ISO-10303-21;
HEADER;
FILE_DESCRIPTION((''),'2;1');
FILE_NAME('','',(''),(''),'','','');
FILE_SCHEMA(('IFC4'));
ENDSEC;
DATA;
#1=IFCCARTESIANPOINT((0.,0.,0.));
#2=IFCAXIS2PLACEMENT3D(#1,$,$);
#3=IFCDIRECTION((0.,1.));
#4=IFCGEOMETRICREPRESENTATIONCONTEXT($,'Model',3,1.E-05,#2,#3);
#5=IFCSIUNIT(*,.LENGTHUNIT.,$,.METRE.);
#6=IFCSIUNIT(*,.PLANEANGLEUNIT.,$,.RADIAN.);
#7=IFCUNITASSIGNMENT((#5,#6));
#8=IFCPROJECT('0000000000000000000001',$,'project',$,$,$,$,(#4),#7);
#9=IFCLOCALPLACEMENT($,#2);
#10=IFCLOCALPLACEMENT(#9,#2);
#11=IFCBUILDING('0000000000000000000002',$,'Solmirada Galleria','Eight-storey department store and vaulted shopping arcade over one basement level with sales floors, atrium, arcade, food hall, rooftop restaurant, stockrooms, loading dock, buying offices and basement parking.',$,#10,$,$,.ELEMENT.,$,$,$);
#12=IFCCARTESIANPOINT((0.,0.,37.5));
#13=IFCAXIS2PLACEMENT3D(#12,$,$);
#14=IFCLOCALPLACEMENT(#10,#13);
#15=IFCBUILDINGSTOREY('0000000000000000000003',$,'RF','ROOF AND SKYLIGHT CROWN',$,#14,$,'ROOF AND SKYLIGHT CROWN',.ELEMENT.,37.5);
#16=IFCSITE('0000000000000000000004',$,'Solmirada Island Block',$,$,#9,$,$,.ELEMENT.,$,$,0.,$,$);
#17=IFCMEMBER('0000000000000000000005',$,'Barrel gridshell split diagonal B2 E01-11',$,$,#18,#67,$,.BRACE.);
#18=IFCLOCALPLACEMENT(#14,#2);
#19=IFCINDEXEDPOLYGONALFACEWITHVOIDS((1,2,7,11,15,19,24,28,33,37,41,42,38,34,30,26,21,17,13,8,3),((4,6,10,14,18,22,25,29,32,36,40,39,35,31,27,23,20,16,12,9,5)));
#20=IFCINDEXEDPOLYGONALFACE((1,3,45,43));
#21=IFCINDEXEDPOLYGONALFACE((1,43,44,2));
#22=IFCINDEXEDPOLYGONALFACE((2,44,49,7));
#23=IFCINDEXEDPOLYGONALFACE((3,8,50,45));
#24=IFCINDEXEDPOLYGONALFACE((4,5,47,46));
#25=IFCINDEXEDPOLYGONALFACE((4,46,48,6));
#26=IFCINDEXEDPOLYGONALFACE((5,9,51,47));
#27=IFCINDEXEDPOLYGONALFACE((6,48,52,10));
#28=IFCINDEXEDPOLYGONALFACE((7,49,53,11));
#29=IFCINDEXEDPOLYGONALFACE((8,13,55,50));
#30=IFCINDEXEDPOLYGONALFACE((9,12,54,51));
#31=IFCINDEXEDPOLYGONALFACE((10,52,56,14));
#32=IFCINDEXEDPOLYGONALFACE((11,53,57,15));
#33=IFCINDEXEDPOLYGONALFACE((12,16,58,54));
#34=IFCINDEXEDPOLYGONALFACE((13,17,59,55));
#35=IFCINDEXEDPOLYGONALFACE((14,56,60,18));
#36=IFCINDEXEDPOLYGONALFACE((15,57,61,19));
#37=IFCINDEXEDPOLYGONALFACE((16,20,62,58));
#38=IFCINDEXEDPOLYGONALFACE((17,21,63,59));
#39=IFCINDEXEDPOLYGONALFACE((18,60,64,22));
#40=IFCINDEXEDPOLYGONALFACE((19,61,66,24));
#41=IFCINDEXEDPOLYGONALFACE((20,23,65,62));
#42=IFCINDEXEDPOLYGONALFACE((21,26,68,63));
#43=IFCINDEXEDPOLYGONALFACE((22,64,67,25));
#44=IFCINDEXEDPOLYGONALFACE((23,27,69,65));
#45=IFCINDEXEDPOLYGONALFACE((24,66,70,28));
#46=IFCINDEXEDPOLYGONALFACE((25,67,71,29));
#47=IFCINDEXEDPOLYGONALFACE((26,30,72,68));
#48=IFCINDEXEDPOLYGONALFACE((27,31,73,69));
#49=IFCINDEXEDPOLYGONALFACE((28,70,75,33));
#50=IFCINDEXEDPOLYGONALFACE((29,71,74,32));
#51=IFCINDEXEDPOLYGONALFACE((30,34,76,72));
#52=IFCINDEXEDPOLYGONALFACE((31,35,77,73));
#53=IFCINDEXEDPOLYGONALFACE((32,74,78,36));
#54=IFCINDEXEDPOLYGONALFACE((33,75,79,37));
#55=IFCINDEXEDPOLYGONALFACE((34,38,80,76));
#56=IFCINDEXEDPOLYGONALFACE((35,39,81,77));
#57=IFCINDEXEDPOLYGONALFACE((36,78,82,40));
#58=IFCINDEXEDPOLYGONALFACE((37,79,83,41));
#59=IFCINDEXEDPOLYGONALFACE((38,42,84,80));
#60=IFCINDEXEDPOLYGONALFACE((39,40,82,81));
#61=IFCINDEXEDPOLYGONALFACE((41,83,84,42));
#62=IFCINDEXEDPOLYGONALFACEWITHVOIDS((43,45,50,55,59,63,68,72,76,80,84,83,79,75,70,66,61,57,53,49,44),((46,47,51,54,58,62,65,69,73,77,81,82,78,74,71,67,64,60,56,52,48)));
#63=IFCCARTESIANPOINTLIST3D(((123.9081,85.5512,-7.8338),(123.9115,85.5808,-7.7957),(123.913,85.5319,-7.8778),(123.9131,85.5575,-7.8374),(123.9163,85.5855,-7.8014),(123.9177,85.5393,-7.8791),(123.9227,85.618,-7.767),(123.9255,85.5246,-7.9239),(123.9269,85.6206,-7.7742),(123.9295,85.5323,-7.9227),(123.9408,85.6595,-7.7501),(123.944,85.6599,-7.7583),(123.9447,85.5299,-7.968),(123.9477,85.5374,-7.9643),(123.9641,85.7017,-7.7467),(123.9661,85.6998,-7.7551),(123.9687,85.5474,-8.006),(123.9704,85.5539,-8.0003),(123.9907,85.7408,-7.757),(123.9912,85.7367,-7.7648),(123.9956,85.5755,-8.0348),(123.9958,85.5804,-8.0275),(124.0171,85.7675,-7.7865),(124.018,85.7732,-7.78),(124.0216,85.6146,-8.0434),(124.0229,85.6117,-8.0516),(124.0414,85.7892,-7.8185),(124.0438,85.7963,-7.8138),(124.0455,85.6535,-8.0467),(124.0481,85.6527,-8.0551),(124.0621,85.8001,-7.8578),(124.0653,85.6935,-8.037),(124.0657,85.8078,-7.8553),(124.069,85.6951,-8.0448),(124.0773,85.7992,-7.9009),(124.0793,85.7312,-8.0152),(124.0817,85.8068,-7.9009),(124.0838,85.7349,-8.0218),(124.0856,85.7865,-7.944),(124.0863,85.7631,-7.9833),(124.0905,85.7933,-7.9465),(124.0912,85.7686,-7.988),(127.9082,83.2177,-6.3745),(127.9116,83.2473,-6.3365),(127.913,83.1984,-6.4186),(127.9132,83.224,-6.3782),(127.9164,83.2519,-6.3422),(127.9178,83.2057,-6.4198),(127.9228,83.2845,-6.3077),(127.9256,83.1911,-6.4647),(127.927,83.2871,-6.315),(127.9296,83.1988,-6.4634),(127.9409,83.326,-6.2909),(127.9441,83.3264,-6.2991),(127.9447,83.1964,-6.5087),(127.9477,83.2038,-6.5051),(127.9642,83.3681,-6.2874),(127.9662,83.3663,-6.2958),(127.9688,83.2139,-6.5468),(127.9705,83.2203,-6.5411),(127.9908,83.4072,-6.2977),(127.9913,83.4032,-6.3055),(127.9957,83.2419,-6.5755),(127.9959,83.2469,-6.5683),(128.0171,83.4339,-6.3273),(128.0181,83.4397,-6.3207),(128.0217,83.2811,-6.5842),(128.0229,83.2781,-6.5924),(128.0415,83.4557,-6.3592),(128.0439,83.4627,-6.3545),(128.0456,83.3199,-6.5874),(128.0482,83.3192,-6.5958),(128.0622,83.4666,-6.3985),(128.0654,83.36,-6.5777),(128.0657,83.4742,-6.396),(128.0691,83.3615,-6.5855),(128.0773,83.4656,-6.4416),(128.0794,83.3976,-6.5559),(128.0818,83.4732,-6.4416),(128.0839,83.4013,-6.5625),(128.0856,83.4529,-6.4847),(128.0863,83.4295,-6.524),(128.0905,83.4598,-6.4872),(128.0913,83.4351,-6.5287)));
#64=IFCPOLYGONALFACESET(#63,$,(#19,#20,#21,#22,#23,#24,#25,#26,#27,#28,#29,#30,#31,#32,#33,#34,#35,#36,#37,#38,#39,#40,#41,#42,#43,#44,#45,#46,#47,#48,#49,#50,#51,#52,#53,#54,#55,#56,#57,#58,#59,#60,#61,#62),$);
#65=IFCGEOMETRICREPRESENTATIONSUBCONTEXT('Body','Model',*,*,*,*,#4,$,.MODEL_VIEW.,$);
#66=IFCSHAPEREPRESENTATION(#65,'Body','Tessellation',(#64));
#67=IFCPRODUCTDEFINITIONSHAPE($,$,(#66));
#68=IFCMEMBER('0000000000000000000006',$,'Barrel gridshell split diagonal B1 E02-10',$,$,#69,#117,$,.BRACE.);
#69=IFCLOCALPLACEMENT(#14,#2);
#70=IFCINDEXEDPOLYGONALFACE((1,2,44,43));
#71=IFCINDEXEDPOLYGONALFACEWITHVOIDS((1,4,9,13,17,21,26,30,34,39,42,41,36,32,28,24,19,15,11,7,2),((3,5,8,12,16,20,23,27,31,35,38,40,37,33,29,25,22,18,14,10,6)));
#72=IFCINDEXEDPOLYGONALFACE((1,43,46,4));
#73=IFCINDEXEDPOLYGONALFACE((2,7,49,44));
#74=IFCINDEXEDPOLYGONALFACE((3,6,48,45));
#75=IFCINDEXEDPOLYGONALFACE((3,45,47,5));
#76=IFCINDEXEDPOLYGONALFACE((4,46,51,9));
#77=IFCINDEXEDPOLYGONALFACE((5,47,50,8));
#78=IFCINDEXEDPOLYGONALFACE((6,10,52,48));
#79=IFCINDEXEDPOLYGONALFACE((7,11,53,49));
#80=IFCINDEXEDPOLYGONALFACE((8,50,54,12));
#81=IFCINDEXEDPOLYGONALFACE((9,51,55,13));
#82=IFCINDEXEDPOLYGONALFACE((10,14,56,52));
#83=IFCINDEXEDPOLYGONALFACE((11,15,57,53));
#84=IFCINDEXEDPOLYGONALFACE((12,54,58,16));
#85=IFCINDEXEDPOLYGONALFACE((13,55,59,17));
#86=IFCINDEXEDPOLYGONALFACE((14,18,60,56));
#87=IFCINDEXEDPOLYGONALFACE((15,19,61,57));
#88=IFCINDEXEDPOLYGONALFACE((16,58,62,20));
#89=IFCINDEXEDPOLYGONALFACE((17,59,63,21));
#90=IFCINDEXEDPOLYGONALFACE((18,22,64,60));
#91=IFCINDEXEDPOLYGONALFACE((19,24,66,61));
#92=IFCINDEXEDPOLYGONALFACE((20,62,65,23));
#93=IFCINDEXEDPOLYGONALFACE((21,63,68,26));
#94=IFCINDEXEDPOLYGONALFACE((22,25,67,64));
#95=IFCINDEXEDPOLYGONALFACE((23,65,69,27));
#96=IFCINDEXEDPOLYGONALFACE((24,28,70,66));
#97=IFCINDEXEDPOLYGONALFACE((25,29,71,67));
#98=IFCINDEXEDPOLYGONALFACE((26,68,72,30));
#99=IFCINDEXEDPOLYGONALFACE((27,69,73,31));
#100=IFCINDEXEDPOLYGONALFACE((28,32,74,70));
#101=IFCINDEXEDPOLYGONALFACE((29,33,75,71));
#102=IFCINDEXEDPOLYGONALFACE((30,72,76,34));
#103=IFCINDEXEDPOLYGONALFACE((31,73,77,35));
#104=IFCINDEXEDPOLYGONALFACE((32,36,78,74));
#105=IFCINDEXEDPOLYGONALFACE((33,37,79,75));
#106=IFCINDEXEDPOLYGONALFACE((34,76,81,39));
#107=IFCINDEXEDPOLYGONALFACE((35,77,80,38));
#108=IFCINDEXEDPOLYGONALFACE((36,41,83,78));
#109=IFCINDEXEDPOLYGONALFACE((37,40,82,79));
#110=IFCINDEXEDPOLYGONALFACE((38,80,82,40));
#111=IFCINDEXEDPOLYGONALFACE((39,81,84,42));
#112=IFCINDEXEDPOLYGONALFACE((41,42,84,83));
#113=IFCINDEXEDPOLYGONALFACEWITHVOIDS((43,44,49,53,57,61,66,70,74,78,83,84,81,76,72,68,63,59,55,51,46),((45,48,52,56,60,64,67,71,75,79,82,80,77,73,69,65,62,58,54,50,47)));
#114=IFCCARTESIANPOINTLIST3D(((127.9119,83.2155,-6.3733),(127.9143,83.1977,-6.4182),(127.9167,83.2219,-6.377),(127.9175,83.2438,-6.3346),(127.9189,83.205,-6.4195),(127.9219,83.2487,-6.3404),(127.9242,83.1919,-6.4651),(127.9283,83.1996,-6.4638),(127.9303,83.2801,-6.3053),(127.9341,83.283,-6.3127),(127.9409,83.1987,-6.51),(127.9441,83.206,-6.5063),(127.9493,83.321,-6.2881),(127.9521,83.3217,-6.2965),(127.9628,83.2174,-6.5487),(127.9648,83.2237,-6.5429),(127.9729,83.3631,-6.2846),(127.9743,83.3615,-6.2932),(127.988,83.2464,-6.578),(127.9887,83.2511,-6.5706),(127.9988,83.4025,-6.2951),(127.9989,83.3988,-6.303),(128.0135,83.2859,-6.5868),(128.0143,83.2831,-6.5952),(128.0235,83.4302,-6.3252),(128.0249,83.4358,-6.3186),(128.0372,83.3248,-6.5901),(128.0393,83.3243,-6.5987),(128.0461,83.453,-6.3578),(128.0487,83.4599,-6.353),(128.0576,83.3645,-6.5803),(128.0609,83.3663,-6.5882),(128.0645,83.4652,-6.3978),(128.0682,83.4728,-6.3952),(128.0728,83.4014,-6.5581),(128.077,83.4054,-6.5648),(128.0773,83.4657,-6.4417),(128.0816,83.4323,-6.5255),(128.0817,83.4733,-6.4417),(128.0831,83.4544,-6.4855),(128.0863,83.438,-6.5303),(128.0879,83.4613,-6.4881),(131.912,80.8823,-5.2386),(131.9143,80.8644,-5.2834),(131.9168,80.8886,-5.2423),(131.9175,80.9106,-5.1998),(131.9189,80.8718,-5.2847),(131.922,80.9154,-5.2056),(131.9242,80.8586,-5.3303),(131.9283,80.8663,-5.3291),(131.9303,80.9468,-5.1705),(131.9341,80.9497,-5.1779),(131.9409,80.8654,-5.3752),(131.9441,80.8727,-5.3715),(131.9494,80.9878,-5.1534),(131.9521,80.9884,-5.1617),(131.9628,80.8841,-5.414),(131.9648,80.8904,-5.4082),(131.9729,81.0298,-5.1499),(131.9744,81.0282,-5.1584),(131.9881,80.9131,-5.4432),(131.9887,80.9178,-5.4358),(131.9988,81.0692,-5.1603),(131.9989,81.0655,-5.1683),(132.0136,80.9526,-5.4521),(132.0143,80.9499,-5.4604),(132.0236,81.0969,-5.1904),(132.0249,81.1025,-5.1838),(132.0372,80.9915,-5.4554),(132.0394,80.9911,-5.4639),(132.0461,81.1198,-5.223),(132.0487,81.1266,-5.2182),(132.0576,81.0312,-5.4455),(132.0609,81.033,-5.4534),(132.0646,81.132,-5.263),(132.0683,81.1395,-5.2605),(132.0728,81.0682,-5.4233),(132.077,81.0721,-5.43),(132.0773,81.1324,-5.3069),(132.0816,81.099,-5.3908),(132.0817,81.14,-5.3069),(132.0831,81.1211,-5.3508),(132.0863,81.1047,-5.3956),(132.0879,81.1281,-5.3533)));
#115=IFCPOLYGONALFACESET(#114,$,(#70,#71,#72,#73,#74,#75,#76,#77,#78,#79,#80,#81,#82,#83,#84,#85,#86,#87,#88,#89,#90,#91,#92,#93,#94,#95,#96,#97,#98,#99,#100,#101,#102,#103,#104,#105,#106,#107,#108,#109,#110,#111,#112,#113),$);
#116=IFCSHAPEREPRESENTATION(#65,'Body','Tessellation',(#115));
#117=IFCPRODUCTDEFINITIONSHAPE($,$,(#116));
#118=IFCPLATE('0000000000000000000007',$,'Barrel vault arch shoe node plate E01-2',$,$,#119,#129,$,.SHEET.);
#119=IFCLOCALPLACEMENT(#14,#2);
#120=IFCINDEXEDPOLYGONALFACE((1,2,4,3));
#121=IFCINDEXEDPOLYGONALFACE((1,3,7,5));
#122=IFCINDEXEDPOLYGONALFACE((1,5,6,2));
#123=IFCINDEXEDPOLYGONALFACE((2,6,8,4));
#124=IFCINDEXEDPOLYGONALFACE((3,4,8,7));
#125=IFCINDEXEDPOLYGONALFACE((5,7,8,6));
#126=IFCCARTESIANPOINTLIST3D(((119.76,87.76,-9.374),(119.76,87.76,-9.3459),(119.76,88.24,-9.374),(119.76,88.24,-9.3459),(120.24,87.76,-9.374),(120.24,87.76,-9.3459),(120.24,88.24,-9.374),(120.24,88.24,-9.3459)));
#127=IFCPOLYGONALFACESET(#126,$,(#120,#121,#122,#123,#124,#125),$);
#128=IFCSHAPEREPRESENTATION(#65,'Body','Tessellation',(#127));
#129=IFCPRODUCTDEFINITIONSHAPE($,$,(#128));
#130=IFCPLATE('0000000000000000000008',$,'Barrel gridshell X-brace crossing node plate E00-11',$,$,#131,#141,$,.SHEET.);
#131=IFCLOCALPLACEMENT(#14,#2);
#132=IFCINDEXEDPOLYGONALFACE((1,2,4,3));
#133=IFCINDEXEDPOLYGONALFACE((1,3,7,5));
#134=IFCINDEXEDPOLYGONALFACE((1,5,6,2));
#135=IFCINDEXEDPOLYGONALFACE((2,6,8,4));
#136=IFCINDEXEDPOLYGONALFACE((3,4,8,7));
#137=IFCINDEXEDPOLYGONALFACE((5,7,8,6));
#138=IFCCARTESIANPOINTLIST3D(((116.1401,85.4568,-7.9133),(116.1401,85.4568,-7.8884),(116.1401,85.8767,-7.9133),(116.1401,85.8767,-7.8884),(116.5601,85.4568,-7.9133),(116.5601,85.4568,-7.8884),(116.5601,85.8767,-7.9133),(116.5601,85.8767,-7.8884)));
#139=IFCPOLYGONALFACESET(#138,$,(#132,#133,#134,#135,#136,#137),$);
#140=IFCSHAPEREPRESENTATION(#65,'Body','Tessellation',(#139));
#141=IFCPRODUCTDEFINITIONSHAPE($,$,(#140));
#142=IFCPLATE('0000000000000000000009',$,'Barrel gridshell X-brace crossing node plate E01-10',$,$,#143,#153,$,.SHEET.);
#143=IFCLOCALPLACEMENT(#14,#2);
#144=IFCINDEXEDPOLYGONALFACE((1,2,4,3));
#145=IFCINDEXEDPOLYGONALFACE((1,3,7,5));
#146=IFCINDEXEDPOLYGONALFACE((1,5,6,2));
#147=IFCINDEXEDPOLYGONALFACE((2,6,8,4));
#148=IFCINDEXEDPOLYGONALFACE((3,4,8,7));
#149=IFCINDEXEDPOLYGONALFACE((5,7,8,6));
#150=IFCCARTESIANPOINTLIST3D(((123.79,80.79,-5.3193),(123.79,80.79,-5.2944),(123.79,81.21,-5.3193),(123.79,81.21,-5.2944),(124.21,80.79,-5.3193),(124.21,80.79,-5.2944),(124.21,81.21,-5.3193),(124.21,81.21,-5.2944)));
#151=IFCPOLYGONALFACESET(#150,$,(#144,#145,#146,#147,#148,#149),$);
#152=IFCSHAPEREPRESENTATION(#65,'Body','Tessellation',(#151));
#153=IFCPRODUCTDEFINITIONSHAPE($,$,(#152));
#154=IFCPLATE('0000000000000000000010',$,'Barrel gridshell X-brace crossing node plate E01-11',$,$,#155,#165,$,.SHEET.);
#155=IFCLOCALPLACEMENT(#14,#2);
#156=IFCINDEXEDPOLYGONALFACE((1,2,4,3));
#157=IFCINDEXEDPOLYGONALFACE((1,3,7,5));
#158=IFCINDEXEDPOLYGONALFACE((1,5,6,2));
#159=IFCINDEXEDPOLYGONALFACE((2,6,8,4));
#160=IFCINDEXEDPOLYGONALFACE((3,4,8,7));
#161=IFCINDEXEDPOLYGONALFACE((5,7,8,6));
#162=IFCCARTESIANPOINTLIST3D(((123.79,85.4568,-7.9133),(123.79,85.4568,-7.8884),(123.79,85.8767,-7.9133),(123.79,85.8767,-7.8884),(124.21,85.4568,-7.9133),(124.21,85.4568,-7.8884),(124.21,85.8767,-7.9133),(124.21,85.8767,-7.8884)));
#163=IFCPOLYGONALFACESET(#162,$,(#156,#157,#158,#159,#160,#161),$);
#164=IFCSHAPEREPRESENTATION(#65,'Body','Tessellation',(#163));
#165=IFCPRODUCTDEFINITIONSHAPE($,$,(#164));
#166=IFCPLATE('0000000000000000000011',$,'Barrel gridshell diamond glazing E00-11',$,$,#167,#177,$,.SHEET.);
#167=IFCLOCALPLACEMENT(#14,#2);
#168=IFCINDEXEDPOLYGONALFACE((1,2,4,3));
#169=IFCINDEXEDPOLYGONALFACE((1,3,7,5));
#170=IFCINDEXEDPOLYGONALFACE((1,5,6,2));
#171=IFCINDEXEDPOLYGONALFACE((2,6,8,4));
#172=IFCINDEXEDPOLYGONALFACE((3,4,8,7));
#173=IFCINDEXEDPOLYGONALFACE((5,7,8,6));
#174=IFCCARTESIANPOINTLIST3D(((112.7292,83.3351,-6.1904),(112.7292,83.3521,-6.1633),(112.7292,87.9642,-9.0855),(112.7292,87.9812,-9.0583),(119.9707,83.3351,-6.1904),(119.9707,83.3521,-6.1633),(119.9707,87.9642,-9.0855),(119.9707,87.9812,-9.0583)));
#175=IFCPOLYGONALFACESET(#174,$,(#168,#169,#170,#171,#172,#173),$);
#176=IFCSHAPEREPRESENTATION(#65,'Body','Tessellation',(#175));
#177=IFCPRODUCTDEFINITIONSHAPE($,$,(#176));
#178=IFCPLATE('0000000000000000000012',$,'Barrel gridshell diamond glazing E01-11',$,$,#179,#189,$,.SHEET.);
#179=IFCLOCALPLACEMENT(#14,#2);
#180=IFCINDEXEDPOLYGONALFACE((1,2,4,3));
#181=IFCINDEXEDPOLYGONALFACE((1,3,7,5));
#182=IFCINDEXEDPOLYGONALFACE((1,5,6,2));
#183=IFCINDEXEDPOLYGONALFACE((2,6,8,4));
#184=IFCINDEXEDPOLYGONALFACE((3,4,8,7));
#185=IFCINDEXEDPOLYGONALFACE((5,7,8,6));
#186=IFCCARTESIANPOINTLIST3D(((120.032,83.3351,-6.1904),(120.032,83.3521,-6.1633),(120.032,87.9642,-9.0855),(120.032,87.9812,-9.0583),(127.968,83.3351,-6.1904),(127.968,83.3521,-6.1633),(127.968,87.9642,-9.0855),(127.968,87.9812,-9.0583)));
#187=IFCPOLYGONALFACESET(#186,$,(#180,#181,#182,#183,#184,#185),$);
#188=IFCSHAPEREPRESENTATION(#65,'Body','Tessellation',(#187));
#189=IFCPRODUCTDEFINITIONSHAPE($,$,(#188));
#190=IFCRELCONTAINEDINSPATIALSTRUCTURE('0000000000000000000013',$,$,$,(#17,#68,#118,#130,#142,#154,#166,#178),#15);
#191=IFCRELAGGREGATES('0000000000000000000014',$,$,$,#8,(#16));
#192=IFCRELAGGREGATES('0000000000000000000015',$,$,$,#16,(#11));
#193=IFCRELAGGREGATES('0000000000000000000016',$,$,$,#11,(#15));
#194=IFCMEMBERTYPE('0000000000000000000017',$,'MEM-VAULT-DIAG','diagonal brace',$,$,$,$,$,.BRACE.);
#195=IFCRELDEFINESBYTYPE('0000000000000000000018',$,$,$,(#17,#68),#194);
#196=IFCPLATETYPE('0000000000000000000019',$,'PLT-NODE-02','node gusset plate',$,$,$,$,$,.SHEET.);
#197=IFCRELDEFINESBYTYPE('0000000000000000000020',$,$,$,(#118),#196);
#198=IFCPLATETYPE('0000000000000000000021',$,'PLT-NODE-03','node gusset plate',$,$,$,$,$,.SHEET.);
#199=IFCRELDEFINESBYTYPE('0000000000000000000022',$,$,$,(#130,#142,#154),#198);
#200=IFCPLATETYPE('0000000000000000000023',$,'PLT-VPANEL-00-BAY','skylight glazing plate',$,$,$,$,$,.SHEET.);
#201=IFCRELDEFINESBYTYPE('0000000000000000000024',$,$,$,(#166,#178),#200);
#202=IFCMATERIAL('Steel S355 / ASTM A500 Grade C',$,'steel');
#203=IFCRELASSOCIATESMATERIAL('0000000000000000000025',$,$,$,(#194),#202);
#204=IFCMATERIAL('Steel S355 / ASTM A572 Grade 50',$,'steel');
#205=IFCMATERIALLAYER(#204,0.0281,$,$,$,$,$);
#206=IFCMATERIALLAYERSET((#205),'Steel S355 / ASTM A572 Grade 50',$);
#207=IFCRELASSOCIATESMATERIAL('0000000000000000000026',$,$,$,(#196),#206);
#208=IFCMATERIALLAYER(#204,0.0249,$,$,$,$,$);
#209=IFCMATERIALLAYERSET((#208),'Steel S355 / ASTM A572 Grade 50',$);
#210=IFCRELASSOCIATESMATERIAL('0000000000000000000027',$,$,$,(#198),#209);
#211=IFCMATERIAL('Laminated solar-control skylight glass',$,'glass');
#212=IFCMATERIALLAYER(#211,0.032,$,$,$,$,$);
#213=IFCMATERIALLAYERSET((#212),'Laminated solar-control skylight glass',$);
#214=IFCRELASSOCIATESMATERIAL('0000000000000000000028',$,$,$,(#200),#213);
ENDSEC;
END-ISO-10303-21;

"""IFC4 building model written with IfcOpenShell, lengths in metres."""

from ifc_helpers import new_model, si_unit, direction, frame, origin, origin_2d, place, context, subcontext, project, spatial, polyline, rectangle, hollow_circle, outline, extrude, material, layer, layer_set, material_profile, profile_set, type_object, element, save


model = new_model("IFC4")

# Units and contexts
model_context = context("Model", 3, precision=1e-05, world=origin(), true_north=direction((0.0, 1.0)))
body_context = subcontext(model_context, "Body", "Model", "MODEL_VIEW")
ifc_project = project(units=[si_unit("LENGTHUNIT", "METRE"), si_unit("PLANEANGLEUNIT", "RADIAN")], contexts=[model_context])

# Site, building, storey
site_placement = place(None, origin())
site = spatial("IfcSite", under=ifc_project, at=site_placement, Name="Solmirada Island Block", CompositionType="ELEMENT", RefElevation=0.0)
building_placement = place(site_placement, origin())
building = spatial("IfcBuilding", under=site, at=building_placement, Name="Solmirada Galleria", Description="Eight-storey department store and vaulted shopping arcade over one basement level with sales floors, atrium, arcade, food hall, rooftop restaurant, stockrooms, loading dock, buying offices and basement parking.", CompositionType="ELEMENT")
storey_placement = place(building_placement, frame((0.0, 0.0, 37.5)))
storey = spatial("IfcBuildingStorey", under=building, at=storey_placement, Name="RF", Description="ROOF AND SKYLIGHT CROWN", LongName="ROOF AND SKYLIGHT CROWN", CompositionType="ELEMENT", Elevation=37.5)

# Members
ifc_material_1 = material(Name="Steel S355 / ASTM A500 Grade C", Category="steel")
ifc_material_profile_1 = material_profile(ifc_material_1, hollow_circle(Radius=0.1621, WallThickness=0.0088, at=origin_2d()), Name="HSS12.750X0.375")
ifc_profile_set_1 = profile_set([ifc_material_profile_1], Name="Steel S355 / ASTM A500 Grade C")
member_type_1 = type_object("IfcMemberType", Name="MEM-VAULT-DIAG", Description="diagonal brace", PredefinedType="BRACE", material=ifc_profile_set_1)
member_1_placement = place(storey_placement, frame((124.0, 85.6667, -7.9009), z_axis=(0.823831, -0.480602, 0.30054), x_axis=(0.503897, 0.863764, 0.0)))
element("IfcMember", 1, at=member_1_placement, inside=storey, type_object=member_type_1, Name="Barrel gridshell split diagonal B2 E01-11", PredefinedType="BRACE", context=body_context, shape_type="SweptSolid", body=[
    extrude(hollow_circle(Radius=0.1621, WallThickness=0.0088, at=origin_2d()), origin(), (0.0, 0.0, 1.0), 4.8555),
])
member_2_placement = place(storey_placement, frame((128.0, 83.3333, -6.4417), z_axis=(0.838964, -0.489379, 0.238007), x_axis=(0.503858, 0.863787, 0.0)))
element("IfcMember", 2, at=member_2_placement, inside=storey, type_object=member_type_1, Name="Barrel gridshell split diagonal B1 E02-10", PredefinedType="BRACE", context=body_context, shape_type="SweptSolid", body=[
    extrude(hollow_circle(Radius=0.1621, WallThickness=0.0088, at=origin_2d()), origin(), (0.0, 0.0, 1.0), 4.7678),
])

# Plates
ifc_material_2 = material(Name="Steel S355 / ASTM A572 Grade 50", Category="steel")
ifc_layer_1 = layer(ifc_material_2, 0.0281)
ifc_layer_set_1 = layer_set([ifc_layer_1], Name="Steel S355 / ASTM A572 Grade 50")
plate_type_1 = type_object("IfcPlateType", Name="PLT-NODE-02", Description="node gusset plate", PredefinedType="SHEET", material=ifc_layer_set_1)
plate_1_placement = place(storey_placement, frame((120.0, 88.0, -9.374), z_axis=(0.0, 0.0, 1.0), x_axis=(1.0, 0.0, 0.0)))
element("IfcPlate", 3, at=plate_1_placement, inside=storey, type_object=plate_type_1, Name="Barrel vault arch shoe node plate E01-2", PredefinedType="SHEET", context=body_context, shape_type="SweptSolid", body=[
    extrude(rectangle(XDim=0.48, YDim=0.48, at=origin_2d()), origin(), (0.0, 0.0, 1.0), 0.0281),
])
ifc_layer_2 = layer(ifc_material_2, 0.0249)
ifc_layer_set_2 = layer_set([ifc_layer_2], Name="Steel S355 / ASTM A572 Grade 50")
plate_type_2 = type_object("IfcPlateType", Name="PLT-NODE-03", Description="node gusset plate", PredefinedType="SHEET", material=ifc_layer_set_2)
for number, where, z_axis, x_axis, name in (
    (4, (116.3501, 85.6667, -7.9133), (0.0, 0.0, 1.0), (1.0, 0.0, 0.0), "Barrel gridshell X-brace crossing node plate E00-11"),
    (5, (124.0, 81.0, -5.3193), (0.0, 0.0, 1.0), (1.0, 0.0, 0.0), "Barrel gridshell X-brace crossing node plate E01-10"),
    (6, (124.0, 85.6667, -7.9133), (0.0, 0.0, 1.0), (1.0, 0.0, 0.0), "Barrel gridshell X-brace crossing node plate E01-11"),
):
    element("IfcPlate", number, at=place(storey_placement, frame(where, z_axis=z_axis, x_axis=x_axis)), inside=storey, type_object=plate_type_2, Name=name, PredefinedType="SHEET", context=body_context, shape_type="SweptSolid", body=[
        extrude(rectangle(XDim=0.4199, YDim=0.4199, at=origin_2d()), origin(), (0.0, 0.0, 1.0), 0.0249),
    ])
ifc_material_3 = material(Name="Laminated solar-control skylight glass", Category="glass")
ifc_layer_3 = layer(ifc_material_3, 0.032)
ifc_layer_set_3 = layer_set([ifc_layer_3], Name="Laminated solar-control skylight glass")
plate_type_3 = type_object("IfcPlateType", Name="PLT-VPANEL-00-BAY", Description="skylight glazing plate", PredefinedType="SHEET", material=ifc_layer_set_3)
plate_2_placement = place(storey_placement, frame((112.7292, 83.3521, -6.1633), z_axis=(0.0, 0.530236, 0.84785), x_axis=(1.0, 0.0, 0.0)))
element("IfcPlate", 7, at=plate_2_placement, inside=storey, type_object=plate_type_3, Name="Barrel gridshell diamond glazing E00-11", PredefinedType="SHEET", context=body_context, shape_type="SweptSolid", body=[
    extrude(outline(polyline([(0.0, 0.0), (7.2415, 0.0), (7.2415, 5.4599), (0.0, 5.4599), (0.0, 0.0)])), origin(), (0.0, 0.0, -1.0), 0.032),
])
plate_3_placement = place(storey_placement, frame((120.032, 83.3521, -6.1633), z_axis=(0.0, 0.530236, 0.84785), x_axis=(1.0, 0.0, 0.0)))
element("IfcPlate", 8, at=plate_3_placement, inside=storey, type_object=plate_type_3, Name="Barrel gridshell diamond glazing E01-11", PredefinedType="SHEET", context=body_context, shape_type="SweptSolid", body=[
    extrude(outline(polyline([(0.0, 0.0), (7.936, 0.0), (7.936, 5.4599), (0.0, 5.4599), (0.0, 0.0)])), origin(), (0.0, 0.0, -1.0), 0.032),
])

save(model, "model.ifc")
